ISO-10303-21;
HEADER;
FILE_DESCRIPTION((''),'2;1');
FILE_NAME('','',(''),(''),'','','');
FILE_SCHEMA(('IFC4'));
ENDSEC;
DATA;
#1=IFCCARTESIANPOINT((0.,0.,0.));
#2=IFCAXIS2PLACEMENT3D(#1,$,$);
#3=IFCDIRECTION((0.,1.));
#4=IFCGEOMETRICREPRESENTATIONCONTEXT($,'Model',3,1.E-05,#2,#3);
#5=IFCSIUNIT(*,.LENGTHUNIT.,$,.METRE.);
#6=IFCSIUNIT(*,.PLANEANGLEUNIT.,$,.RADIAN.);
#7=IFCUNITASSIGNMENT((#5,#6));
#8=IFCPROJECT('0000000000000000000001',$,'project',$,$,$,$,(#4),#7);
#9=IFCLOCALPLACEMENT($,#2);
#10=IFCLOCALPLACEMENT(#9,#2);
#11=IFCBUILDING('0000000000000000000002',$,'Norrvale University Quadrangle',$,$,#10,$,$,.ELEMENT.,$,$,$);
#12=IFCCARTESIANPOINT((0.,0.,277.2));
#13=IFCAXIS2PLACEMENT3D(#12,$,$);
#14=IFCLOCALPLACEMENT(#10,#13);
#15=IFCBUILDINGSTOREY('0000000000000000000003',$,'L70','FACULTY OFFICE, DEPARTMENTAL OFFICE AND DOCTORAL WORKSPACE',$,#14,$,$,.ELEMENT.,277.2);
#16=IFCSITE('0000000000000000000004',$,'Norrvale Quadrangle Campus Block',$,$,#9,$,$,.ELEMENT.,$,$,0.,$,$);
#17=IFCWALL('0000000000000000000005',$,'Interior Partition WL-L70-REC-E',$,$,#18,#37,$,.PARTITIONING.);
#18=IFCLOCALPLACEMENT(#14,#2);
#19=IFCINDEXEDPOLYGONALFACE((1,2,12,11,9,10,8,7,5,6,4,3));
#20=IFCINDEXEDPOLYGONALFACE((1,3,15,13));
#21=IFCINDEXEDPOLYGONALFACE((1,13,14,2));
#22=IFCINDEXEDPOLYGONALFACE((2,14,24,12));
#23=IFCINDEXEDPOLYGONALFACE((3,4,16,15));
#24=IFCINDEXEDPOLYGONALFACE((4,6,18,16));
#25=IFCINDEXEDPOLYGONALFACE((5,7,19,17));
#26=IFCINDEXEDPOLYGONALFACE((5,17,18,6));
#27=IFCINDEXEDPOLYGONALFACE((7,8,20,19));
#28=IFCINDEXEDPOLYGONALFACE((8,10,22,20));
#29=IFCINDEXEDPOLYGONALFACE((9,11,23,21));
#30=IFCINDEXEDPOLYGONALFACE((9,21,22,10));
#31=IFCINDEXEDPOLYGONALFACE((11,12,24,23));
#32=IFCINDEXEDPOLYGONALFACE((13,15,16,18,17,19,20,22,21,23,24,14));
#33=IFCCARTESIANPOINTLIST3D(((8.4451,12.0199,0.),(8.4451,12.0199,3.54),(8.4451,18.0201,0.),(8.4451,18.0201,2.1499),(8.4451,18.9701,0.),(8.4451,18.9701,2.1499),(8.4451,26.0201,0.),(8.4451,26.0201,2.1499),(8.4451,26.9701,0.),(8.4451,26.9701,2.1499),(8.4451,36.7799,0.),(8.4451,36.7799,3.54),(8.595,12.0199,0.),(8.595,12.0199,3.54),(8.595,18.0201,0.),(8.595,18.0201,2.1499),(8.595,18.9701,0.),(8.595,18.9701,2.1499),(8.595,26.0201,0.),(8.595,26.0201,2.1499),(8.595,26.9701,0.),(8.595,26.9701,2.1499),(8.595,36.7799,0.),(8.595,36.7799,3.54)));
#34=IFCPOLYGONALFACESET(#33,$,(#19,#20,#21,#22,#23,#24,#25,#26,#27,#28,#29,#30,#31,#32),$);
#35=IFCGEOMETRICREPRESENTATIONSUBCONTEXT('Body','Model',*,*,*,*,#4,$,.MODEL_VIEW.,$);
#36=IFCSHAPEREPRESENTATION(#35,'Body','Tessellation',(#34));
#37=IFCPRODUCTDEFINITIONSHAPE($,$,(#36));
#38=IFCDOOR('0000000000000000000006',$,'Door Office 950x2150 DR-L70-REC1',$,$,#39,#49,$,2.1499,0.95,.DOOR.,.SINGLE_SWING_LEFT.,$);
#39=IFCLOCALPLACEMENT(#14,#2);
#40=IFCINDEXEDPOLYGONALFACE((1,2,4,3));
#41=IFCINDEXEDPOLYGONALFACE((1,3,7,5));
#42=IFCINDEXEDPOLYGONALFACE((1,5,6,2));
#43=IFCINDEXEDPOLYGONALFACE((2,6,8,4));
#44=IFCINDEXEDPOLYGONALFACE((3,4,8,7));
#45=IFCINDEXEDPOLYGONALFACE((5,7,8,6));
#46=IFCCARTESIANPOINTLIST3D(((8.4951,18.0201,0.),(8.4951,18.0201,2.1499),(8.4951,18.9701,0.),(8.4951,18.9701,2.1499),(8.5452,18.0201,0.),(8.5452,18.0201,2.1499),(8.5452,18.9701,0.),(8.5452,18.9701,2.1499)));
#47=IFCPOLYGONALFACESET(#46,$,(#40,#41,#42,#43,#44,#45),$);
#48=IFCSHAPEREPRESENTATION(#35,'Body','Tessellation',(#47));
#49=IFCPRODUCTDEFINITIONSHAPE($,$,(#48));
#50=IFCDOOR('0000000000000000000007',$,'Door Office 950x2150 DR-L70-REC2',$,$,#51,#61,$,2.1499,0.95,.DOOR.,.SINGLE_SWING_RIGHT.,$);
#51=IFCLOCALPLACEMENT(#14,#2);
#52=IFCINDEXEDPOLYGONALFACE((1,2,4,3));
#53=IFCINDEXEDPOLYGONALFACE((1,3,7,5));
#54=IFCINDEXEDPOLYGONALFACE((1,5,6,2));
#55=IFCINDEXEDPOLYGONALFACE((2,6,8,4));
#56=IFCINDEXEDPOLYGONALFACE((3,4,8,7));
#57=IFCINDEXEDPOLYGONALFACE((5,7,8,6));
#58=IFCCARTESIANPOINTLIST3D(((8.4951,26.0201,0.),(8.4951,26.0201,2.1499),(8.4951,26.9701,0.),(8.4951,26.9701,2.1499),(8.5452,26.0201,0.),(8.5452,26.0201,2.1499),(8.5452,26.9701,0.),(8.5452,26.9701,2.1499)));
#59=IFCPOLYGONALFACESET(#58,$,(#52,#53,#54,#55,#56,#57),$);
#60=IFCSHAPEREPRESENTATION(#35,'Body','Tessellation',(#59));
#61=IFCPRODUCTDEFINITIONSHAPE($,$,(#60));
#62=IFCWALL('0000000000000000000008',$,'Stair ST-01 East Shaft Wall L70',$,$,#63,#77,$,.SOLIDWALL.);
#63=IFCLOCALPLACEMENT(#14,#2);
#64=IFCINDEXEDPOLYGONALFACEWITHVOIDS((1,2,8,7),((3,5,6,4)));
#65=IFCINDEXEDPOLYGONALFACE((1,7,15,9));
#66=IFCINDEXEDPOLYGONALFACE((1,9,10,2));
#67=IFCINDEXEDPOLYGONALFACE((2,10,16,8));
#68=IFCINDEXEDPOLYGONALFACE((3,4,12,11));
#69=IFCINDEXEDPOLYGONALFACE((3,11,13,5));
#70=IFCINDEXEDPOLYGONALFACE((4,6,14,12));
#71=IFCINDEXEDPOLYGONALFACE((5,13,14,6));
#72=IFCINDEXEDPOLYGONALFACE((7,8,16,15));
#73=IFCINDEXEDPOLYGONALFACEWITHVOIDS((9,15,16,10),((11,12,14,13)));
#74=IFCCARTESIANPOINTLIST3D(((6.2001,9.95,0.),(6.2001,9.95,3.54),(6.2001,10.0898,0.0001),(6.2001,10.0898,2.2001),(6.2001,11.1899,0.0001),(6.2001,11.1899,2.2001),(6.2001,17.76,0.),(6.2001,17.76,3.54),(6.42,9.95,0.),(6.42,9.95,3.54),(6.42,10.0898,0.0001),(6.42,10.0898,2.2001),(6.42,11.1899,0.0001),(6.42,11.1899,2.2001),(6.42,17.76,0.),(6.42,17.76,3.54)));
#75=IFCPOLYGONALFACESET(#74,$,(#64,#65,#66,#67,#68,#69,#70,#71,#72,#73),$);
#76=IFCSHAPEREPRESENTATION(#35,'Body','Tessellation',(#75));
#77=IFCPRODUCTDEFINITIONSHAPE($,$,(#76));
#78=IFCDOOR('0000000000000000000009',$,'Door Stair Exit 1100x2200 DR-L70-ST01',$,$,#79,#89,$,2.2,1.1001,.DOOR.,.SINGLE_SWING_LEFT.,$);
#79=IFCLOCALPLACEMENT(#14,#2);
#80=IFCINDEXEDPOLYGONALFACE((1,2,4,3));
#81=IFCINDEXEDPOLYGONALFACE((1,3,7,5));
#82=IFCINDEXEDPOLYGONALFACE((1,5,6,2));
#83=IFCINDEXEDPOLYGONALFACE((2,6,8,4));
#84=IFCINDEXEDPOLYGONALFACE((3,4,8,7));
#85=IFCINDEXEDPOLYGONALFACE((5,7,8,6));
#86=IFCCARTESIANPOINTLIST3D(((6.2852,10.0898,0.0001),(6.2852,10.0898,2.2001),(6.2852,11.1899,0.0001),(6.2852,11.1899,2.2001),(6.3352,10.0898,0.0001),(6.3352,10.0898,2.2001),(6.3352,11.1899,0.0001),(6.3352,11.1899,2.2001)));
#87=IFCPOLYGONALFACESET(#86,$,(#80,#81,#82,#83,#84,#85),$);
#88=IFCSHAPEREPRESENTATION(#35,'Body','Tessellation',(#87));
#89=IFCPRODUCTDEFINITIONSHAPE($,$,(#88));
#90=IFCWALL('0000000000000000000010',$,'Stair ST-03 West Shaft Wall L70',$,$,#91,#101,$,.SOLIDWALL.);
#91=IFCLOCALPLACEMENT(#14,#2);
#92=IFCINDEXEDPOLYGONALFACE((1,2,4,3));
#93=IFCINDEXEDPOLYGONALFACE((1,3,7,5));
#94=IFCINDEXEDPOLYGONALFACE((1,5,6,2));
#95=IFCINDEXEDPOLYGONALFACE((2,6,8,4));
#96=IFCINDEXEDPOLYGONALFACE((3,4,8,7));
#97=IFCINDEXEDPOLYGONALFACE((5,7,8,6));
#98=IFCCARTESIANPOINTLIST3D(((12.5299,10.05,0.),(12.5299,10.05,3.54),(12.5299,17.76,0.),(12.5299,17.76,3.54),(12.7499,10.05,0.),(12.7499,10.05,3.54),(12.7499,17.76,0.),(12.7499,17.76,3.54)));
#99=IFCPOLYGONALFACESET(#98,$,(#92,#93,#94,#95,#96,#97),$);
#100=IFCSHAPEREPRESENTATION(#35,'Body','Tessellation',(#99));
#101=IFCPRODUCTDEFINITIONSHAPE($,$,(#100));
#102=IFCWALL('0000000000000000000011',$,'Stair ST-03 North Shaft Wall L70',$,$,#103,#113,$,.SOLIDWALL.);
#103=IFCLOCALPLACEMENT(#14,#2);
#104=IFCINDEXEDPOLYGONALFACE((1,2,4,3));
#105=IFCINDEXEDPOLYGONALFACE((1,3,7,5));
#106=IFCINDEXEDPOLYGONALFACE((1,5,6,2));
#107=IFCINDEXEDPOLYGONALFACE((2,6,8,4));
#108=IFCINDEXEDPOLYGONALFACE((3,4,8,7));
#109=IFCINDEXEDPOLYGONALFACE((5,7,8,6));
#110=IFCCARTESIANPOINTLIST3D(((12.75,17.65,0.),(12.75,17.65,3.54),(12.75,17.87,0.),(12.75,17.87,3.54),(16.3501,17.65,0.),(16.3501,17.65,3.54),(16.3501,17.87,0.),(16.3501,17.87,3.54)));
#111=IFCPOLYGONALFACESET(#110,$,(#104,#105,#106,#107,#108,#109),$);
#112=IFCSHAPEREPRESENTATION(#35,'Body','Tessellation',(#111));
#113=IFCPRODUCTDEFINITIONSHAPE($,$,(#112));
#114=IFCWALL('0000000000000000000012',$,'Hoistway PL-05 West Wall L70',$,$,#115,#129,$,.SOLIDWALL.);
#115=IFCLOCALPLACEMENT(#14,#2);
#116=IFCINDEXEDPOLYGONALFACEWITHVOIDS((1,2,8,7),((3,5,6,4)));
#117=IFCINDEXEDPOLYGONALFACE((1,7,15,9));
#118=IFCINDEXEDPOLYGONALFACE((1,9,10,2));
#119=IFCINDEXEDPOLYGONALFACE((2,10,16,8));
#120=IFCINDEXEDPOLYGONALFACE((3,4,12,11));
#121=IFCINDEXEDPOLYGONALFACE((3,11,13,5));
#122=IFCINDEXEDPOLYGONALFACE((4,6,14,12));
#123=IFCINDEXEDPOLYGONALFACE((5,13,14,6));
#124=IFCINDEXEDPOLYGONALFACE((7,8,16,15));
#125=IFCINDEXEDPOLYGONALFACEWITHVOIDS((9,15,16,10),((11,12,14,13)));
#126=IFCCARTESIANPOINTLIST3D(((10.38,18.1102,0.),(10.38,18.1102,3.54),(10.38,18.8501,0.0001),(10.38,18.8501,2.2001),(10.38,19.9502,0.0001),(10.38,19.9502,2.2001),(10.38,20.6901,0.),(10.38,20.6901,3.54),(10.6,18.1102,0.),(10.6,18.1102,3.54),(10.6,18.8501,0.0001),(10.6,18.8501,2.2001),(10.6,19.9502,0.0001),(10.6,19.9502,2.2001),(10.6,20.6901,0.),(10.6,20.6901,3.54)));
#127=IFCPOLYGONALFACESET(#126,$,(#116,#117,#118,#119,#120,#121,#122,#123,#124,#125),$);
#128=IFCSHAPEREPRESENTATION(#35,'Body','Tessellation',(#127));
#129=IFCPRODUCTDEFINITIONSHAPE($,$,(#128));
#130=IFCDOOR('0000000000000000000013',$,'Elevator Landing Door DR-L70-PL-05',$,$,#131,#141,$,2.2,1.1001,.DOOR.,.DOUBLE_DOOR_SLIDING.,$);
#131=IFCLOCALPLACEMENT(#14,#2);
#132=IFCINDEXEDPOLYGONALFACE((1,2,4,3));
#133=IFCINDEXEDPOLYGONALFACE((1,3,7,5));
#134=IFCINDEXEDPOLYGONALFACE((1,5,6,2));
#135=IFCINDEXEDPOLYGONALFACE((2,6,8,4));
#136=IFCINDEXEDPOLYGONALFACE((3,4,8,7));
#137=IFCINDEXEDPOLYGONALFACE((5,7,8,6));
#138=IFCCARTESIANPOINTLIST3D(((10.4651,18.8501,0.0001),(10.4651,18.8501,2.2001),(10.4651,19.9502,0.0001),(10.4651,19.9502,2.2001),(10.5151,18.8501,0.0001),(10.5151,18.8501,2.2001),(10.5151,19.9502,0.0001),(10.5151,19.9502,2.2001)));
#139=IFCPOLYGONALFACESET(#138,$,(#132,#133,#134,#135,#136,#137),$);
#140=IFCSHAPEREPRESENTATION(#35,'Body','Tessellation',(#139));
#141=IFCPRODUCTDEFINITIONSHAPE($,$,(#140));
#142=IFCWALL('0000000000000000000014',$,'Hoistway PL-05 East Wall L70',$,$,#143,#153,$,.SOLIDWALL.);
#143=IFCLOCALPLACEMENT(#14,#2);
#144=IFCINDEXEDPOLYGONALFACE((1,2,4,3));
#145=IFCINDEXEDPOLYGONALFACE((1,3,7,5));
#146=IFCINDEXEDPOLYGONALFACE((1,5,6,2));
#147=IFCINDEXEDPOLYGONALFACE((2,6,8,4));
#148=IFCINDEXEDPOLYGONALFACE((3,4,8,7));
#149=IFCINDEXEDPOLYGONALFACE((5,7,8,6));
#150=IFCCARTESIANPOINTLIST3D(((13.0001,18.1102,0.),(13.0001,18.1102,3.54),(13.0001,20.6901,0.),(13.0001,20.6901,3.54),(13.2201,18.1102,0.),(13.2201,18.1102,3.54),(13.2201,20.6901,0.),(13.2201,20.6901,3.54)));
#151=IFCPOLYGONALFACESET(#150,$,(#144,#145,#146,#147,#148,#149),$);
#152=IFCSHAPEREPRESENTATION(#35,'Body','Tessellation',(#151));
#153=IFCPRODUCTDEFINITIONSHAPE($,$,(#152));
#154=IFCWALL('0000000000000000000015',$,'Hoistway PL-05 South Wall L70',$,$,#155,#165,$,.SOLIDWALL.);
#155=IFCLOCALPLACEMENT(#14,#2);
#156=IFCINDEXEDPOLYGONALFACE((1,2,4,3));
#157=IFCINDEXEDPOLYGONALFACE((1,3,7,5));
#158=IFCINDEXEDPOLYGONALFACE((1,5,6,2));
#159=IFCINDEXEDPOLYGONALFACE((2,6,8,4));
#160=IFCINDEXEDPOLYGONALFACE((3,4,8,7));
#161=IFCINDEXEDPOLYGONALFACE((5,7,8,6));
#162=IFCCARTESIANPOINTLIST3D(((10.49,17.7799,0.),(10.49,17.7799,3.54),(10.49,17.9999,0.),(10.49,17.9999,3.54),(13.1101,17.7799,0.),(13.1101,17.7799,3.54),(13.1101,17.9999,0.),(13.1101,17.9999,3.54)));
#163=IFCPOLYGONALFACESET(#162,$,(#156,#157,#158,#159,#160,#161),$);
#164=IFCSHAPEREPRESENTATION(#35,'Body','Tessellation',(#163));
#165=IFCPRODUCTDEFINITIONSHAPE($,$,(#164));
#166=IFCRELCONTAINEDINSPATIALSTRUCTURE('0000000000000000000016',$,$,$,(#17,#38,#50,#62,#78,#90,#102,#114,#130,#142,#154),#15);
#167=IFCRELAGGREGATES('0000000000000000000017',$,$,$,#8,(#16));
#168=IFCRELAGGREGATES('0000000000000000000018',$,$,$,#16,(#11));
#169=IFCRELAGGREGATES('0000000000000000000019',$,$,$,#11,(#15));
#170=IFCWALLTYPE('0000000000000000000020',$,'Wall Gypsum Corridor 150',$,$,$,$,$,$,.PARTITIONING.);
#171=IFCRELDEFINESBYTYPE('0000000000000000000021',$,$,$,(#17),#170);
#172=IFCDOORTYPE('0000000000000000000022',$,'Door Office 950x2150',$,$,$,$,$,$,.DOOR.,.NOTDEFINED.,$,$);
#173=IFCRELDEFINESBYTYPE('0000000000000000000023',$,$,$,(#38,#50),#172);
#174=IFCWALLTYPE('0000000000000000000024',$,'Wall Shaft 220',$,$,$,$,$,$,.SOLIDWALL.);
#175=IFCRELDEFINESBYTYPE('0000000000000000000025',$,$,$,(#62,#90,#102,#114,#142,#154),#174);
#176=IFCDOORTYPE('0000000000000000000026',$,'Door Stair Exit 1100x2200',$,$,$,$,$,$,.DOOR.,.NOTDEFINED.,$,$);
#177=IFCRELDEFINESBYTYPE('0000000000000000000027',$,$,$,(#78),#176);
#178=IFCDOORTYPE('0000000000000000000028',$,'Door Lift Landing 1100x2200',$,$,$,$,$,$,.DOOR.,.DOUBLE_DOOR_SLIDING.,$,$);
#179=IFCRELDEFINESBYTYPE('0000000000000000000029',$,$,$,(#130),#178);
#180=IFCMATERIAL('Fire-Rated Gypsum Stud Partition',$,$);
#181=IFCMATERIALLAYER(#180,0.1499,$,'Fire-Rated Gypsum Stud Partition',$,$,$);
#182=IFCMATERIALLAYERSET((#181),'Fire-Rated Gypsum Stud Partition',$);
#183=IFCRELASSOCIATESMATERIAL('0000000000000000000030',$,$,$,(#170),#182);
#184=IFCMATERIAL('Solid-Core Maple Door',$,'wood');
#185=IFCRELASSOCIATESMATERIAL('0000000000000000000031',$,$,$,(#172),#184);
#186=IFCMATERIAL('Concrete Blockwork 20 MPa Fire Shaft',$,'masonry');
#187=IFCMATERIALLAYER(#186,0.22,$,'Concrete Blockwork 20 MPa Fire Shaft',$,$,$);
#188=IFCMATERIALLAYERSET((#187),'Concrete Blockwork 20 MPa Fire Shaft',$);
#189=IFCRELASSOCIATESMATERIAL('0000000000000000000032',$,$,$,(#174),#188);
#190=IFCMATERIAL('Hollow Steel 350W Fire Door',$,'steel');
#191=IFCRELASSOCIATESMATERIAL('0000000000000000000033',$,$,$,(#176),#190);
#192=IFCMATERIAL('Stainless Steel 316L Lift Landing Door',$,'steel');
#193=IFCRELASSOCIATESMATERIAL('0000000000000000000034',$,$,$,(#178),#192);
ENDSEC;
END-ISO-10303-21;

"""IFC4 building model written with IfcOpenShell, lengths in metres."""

from ifc_helpers import new_model, si_unit, direction, frame, frame_2d, origin, place, context, subcontext, project, spatial, rectangle, extrude, material, layer, layer_set, type_object, element, fill, save


model = new_model("IFC4")

# Units and contexts
model_context = context("Model", 3, precision=1e-05, world=origin(), true_north=direction((0.0, 1.0)))
body_context = subcontext(model_context, "Body", "Model", "MODEL_VIEW")
ifc_project = project(units=[si_unit("LENGTHUNIT", "METRE"), si_unit("PLANEANGLEUNIT", "RADIAN")], contexts=[model_context])

# Site, building, storey
site_placement = place(None, origin())
site = spatial("IfcSite", under=ifc_project, at=site_placement, Name="Norrvale Quadrangle Campus Block", CompositionType="ELEMENT", RefElevation=0.0)
building_placement = place(site_placement, origin())
building = spatial("IfcBuilding", under=site, at=building_placement, Name="Norrvale University Quadrangle", CompositionType="ELEMENT")
storey_placement = place(building_placement, frame((0.0, 0.0, 277.2)))
storey = spatial("IfcBuildingStorey", under=building, at=storey_placement, Name="L70", Description="FACULTY OFFICE, DEPARTMENTAL OFFICE AND DOCTORAL WORKSPACE", CompositionType="ELEMENT", Elevation=277.2)

# Shared definitions
ifc_material_1 = material(Name="Fire-Rated Gypsum Stud Partition")
ifc_layer_1 = layer(ifc_material_1, 0.1499, Name="Fire-Rated Gypsum Stud Partition")
ifc_layer_set_1 = layer_set([ifc_layer_1], Name="Fire-Rated Gypsum Stud Partition")
wall_type_1 = type_object("IfcWallType", Name="Wall Gypsum Corridor 150", PredefinedType="PARTITIONING", material=ifc_layer_set_1)

# Wall, openings, doors
wall_1_placement = place(storey_placement, frame((8.52, 12.02, 0.0), z_axis=(0.0, 0.0, 1.0), x_axis=(0.0, 1.0, 0.0)))
wall_1 = element("IfcWall", 1, at=wall_1_placement, inside=storey, type_object=wall_type_1, Name="Interior Partition WL-L70-REC-E", PredefinedType="PARTITIONING", context=body_context, shape_type="SweptSolid", body=[
    extrude(rectangle(XDim=24.76, YDim=0.1499, at=frame_2d((12.3799, 0.0))), origin(), (0.0, 0.0, 1.0), 3.54),
])
opening_1_placement = place(wall_1_placement, frame((6.0, 0.0, 0.0)))
opening_1 = element("IfcOpeningElement", 2, at=opening_1_placement, cuts=wall_1, PredefinedType="OPENING", context=body_context, shape_type="SweptSolid", body=[
    extrude(rectangle(XDim=0.95, YDim=2.1499, at=frame_2d((0.4751, 1.075))), frame((0.0, 0.0869, 0.0), z_axis=(0.0, -1.0, 0.0), x_axis=(1.0, 0.0, 0.0)), (0.0, 0.0, 1.0), 0.1738),
])
opening_2_placement = place(wall_1_placement, frame((14.0, 0.0, 0.0)))
opening_2 = element("IfcOpeningElement", 3, at=opening_2_placement, cuts=wall_1, PredefinedType="OPENING", context=body_context, shape_type="SweptSolid", body=[
    extrude(rectangle(XDim=0.95, YDim=2.1499, at=frame_2d((0.4751, 1.075))), frame((0.0, 0.0869, 0.0), z_axis=(0.0, -1.0, 0.0), x_axis=(1.0, 0.0, 0.0)), (0.0, 0.0, 1.0), 0.1738),
])
ifc_material_2 = material(Name="Solid-Core Maple Door", Category="wood")
door_type_1 = type_object("IfcDoorType", Name="Door Office 950x2150", OperationType="NOTDEFINED", PredefinedType="DOOR", material=ifc_material_2)
door_1_placement = place(opening_1_placement, origin())
door_1 = element("IfcDoor", 4, at=door_1_placement, inside=storey, type_object=door_type_1, Name="Door Office 950x2150 DR-L70-REC1", OperationType="SINGLE_SWING_LEFT", OverallHeight=2.1499, OverallWidth=0.95, PredefinedType="DOOR", context=body_context, shape_type="SweptSolid", body=[
    extrude(rectangle(XDim=0.95, YDim=2.1499, at=frame_2d((0.4751, 1.075))), frame((0.0, 0.0249, 0.0), z_axis=(0.0, -1.0, 0.0), x_axis=(1.0, 0.0, 0.0)), (0.0, 0.0, 1.0), 0.05),
])
fill(opening_1, door_1)
door_2_placement = place(opening_2_placement, origin())
door_2 = element("IfcDoor", 5, at=door_2_placement, inside=storey, type_object=door_type_1, Name="Door Office 950x2150 DR-L70-REC2", OperationType="SINGLE_SWING_RIGHT", OverallHeight=2.1499, OverallWidth=0.95, PredefinedType="DOOR", context=body_context, shape_type="SweptSolid", body=[
    extrude(rectangle(XDim=0.95, YDim=2.1499, at=frame_2d((0.4751, 1.075))), frame((0.0, 0.0249, 0.0), z_axis=(0.0, -1.0, 0.0), x_axis=(1.0, 0.0, 0.0)), (0.0, 0.0, 1.0), 0.05),
])
fill(opening_2, door_2)

# Wall, opening, door
ifc_material_3 = material(Name="Concrete Blockwork 20 MPa Fire Shaft", Category="masonry")
ifc_layer_2 = layer(ifc_material_3, 0.22, Name="Concrete Blockwork 20 MPa Fire Shaft")
ifc_layer_set_2 = layer_set([ifc_layer_2], Name="Concrete Blockwork 20 MPa Fire Shaft")
wall_type_2 = type_object("IfcWallType", Name="Wall Shaft 220", PredefinedType="SOLIDWALL", material=ifc_layer_set_2)
wall_2_placement = place(storey_placement, frame((6.3101, 9.95, 0.0), z_axis=(0.0, 0.0, 1.0), x_axis=(0.0, 1.0, 0.0)))
wall_2 = element("IfcWall", 6, at=wall_2_placement, inside=storey, type_object=wall_type_2, Name="Stair ST-01 East Shaft Wall L70", PredefinedType="SOLIDWALL", context=body_context, shape_type="SweptSolid", body=[
    extrude(rectangle(XDim=7.8101, YDim=0.22, at=frame_2d((3.905, 0.0))), origin(), (0.0, 0.0, 1.0), 3.54),
])
opening_3_placement = place(wall_2_placement, frame((0.1399, 0.0, 0.0)))
opening_3 = element("IfcOpeningElement", 7, at=opening_3_placement, cuts=wall_2, PredefinedType="OPENING", context=body_context, shape_type="SweptSolid", body=[
    extrude(rectangle(XDim=1.1001, YDim=2.2, at=frame_2d((0.55, 1.1001))), frame((0.0, 0.1221, 0.0), z_axis=(0.0, -1.0, 0.0), x_axis=(1.0, 0.0, 0.0)), (0.0, 0.0, 1.0), 0.2439),
])
ifc_material_4 = material(Name="Hollow Steel 350W Fire Door", Category="steel")
door_type_2 = type_object("IfcDoorType", Name="Door Stair Exit 1100x2200", OperationType="NOTDEFINED", PredefinedType="DOOR", material=ifc_material_4)
door_3_placement = place(opening_3_placement, origin())
door_3 = element("IfcDoor", 8, at=door_3_placement, inside=storey, type_object=door_type_2, Name="Door Stair Exit 1100x2200 DR-L70-ST01", OperationType="SINGLE_SWING_LEFT", OverallHeight=2.2, OverallWidth=1.1001, PredefinedType="DOOR", context=body_context, shape_type="SweptSolid", body=[
    extrude(rectangle(XDim=1.1001, YDim=2.2, at=frame_2d((0.55, 1.1001))), frame((0.0, 0.0249, 0.0), z_axis=(0.0, -1.0, 0.0), x_axis=(1.0, 0.0, 0.0)), (0.0, 0.0, 1.0), 0.05),
])
fill(opening_3, door_3)

# Walls
wall_3_placement = place(storey_placement, frame((12.6399, 10.05, 0.0), z_axis=(0.0, 0.0, 1.0), x_axis=(0.0, 1.0, 0.0)))
element("IfcWall", 9, at=wall_3_placement, inside=storey, type_object=wall_type_2, Name="Stair ST-03 West Shaft Wall L70", PredefinedType="SOLIDWALL", context=body_context, shape_type="SweptSolid", body=[
    extrude(rectangle(XDim=7.71, YDim=0.22, at=frame_2d((3.855, 0.0))), origin(), (0.0, 0.0, 1.0), 3.54),
])
wall_4_placement = place(storey_placement, frame((12.75, 17.76, 0.0), z_axis=(0.0, 0.0, 1.0), x_axis=(1.0, 0.0, 0.0)))
element("IfcWall", 10, at=wall_4_placement, inside=storey, type_object=wall_type_2, Name="Stair ST-03 North Shaft Wall L70", PredefinedType="SOLIDWALL", context=body_context, shape_type="SweptSolid", body=[
    extrude(rectangle(XDim=3.6001, YDim=0.22, at=frame_2d((1.8, 0.0))), origin(), (0.0, 0.0, 1.0), 3.54),
])

# Wall, opening, door
wall_5_placement = place(storey_placement, frame((10.49, 18.1101, 0.0), z_axis=(0.0, 0.0, 1.0), x_axis=(0.0, 1.0, 0.0)))
wall_5 = element("IfcWall", 11, at=wall_5_placement, inside=storey, type_object=wall_type_2, Name="Hoistway PL-05 West Wall L70", PredefinedType="SOLIDWALL", context=body_context, shape_type="SweptSolid", body=[
    extrude(rectangle(XDim=2.5798, YDim=0.22, at=frame_2d((1.29, 0.0))), origin(), (0.0, 0.0, 1.0), 3.54),
])
opening_4_placement = place(wall_5_placement, frame((0.74, 0.0, 0.0)))
opening_4 = element("IfcOpeningElement", 12, at=opening_4_placement, cuts=wall_5, PredefinedType="OPENING", context=body_context, shape_type="SweptSolid", body=[
    extrude(rectangle(XDim=1.1001, YDim=2.2, at=frame_2d((0.55, 1.1001))), frame((0.0, 0.1221, 0.0), z_axis=(0.0, -1.0, 0.0), x_axis=(1.0, 0.0, 0.0)), (0.0, 0.0, 1.0), 0.2439),
])
ifc_material_5 = material(Name="Stainless Steel 316L Lift Landing Door", Category="steel")
door_type_3 = type_object("IfcDoorType", Name="Door Lift Landing 1100x2200", OperationType="DOUBLE_DOOR_SLIDING", PredefinedType="DOOR", material=ifc_material_5)
door_4_placement = place(opening_4_placement, origin())
door_4 = element("IfcDoor", 13, at=door_4_placement, inside=storey, type_object=door_type_3, Name="Elevator Landing Door DR-L70-PL-05", OperationType="DOUBLE_DOOR_SLIDING", OverallHeight=2.2, OverallWidth=1.1001, PredefinedType="DOOR", context=body_context, shape_type="SweptSolid", body=[
    extrude(rectangle(XDim=1.1001, YDim=2.2, at=frame_2d((0.55, 1.1001))), frame((0.0, 0.0249, 0.0), z_axis=(0.0, -1.0, 0.0), x_axis=(1.0, 0.0, 0.0)), (0.0, 0.0, 1.0), 0.05),
])
fill(opening_4, door_4)

# Walls
wall_6_placement = place(storey_placement, frame((13.1101, 18.1101, 0.0), z_axis=(0.0, 0.0, 1.0), x_axis=(0.0, 1.0, 0.0)))
element("IfcWall", 14, at=wall_6_placement, inside=storey, type_object=wall_type_2, Name="Hoistway PL-05 East Wall L70", PredefinedType="SOLIDWALL", context=body_context, shape_type="SweptSolid", body=[
    extrude(rectangle(XDim=2.5798, YDim=0.22, at=frame_2d((1.29, 0.0))), origin(), (0.0, 0.0, 1.0), 3.54),
])
wall_7_placement = place(storey_placement, frame((10.49, 17.8899, 0.0), z_axis=(0.0, 0.0, 1.0), x_axis=(1.0, 0.0, 0.0)))
element("IfcWall", 15, at=wall_7_placement, inside=storey, type_object=wall_type_2, Name="Hoistway PL-05 South Wall L70", PredefinedType="SOLIDWALL", context=body_context, shape_type="SweptSolid", body=[
    extrude(rectangle(XDim=2.6201, YDim=0.22, at=frame_2d((1.3101, 0.0))), origin(), (0.0, 0.0, 1.0), 3.54),
])

save(model, "model.ifc")
